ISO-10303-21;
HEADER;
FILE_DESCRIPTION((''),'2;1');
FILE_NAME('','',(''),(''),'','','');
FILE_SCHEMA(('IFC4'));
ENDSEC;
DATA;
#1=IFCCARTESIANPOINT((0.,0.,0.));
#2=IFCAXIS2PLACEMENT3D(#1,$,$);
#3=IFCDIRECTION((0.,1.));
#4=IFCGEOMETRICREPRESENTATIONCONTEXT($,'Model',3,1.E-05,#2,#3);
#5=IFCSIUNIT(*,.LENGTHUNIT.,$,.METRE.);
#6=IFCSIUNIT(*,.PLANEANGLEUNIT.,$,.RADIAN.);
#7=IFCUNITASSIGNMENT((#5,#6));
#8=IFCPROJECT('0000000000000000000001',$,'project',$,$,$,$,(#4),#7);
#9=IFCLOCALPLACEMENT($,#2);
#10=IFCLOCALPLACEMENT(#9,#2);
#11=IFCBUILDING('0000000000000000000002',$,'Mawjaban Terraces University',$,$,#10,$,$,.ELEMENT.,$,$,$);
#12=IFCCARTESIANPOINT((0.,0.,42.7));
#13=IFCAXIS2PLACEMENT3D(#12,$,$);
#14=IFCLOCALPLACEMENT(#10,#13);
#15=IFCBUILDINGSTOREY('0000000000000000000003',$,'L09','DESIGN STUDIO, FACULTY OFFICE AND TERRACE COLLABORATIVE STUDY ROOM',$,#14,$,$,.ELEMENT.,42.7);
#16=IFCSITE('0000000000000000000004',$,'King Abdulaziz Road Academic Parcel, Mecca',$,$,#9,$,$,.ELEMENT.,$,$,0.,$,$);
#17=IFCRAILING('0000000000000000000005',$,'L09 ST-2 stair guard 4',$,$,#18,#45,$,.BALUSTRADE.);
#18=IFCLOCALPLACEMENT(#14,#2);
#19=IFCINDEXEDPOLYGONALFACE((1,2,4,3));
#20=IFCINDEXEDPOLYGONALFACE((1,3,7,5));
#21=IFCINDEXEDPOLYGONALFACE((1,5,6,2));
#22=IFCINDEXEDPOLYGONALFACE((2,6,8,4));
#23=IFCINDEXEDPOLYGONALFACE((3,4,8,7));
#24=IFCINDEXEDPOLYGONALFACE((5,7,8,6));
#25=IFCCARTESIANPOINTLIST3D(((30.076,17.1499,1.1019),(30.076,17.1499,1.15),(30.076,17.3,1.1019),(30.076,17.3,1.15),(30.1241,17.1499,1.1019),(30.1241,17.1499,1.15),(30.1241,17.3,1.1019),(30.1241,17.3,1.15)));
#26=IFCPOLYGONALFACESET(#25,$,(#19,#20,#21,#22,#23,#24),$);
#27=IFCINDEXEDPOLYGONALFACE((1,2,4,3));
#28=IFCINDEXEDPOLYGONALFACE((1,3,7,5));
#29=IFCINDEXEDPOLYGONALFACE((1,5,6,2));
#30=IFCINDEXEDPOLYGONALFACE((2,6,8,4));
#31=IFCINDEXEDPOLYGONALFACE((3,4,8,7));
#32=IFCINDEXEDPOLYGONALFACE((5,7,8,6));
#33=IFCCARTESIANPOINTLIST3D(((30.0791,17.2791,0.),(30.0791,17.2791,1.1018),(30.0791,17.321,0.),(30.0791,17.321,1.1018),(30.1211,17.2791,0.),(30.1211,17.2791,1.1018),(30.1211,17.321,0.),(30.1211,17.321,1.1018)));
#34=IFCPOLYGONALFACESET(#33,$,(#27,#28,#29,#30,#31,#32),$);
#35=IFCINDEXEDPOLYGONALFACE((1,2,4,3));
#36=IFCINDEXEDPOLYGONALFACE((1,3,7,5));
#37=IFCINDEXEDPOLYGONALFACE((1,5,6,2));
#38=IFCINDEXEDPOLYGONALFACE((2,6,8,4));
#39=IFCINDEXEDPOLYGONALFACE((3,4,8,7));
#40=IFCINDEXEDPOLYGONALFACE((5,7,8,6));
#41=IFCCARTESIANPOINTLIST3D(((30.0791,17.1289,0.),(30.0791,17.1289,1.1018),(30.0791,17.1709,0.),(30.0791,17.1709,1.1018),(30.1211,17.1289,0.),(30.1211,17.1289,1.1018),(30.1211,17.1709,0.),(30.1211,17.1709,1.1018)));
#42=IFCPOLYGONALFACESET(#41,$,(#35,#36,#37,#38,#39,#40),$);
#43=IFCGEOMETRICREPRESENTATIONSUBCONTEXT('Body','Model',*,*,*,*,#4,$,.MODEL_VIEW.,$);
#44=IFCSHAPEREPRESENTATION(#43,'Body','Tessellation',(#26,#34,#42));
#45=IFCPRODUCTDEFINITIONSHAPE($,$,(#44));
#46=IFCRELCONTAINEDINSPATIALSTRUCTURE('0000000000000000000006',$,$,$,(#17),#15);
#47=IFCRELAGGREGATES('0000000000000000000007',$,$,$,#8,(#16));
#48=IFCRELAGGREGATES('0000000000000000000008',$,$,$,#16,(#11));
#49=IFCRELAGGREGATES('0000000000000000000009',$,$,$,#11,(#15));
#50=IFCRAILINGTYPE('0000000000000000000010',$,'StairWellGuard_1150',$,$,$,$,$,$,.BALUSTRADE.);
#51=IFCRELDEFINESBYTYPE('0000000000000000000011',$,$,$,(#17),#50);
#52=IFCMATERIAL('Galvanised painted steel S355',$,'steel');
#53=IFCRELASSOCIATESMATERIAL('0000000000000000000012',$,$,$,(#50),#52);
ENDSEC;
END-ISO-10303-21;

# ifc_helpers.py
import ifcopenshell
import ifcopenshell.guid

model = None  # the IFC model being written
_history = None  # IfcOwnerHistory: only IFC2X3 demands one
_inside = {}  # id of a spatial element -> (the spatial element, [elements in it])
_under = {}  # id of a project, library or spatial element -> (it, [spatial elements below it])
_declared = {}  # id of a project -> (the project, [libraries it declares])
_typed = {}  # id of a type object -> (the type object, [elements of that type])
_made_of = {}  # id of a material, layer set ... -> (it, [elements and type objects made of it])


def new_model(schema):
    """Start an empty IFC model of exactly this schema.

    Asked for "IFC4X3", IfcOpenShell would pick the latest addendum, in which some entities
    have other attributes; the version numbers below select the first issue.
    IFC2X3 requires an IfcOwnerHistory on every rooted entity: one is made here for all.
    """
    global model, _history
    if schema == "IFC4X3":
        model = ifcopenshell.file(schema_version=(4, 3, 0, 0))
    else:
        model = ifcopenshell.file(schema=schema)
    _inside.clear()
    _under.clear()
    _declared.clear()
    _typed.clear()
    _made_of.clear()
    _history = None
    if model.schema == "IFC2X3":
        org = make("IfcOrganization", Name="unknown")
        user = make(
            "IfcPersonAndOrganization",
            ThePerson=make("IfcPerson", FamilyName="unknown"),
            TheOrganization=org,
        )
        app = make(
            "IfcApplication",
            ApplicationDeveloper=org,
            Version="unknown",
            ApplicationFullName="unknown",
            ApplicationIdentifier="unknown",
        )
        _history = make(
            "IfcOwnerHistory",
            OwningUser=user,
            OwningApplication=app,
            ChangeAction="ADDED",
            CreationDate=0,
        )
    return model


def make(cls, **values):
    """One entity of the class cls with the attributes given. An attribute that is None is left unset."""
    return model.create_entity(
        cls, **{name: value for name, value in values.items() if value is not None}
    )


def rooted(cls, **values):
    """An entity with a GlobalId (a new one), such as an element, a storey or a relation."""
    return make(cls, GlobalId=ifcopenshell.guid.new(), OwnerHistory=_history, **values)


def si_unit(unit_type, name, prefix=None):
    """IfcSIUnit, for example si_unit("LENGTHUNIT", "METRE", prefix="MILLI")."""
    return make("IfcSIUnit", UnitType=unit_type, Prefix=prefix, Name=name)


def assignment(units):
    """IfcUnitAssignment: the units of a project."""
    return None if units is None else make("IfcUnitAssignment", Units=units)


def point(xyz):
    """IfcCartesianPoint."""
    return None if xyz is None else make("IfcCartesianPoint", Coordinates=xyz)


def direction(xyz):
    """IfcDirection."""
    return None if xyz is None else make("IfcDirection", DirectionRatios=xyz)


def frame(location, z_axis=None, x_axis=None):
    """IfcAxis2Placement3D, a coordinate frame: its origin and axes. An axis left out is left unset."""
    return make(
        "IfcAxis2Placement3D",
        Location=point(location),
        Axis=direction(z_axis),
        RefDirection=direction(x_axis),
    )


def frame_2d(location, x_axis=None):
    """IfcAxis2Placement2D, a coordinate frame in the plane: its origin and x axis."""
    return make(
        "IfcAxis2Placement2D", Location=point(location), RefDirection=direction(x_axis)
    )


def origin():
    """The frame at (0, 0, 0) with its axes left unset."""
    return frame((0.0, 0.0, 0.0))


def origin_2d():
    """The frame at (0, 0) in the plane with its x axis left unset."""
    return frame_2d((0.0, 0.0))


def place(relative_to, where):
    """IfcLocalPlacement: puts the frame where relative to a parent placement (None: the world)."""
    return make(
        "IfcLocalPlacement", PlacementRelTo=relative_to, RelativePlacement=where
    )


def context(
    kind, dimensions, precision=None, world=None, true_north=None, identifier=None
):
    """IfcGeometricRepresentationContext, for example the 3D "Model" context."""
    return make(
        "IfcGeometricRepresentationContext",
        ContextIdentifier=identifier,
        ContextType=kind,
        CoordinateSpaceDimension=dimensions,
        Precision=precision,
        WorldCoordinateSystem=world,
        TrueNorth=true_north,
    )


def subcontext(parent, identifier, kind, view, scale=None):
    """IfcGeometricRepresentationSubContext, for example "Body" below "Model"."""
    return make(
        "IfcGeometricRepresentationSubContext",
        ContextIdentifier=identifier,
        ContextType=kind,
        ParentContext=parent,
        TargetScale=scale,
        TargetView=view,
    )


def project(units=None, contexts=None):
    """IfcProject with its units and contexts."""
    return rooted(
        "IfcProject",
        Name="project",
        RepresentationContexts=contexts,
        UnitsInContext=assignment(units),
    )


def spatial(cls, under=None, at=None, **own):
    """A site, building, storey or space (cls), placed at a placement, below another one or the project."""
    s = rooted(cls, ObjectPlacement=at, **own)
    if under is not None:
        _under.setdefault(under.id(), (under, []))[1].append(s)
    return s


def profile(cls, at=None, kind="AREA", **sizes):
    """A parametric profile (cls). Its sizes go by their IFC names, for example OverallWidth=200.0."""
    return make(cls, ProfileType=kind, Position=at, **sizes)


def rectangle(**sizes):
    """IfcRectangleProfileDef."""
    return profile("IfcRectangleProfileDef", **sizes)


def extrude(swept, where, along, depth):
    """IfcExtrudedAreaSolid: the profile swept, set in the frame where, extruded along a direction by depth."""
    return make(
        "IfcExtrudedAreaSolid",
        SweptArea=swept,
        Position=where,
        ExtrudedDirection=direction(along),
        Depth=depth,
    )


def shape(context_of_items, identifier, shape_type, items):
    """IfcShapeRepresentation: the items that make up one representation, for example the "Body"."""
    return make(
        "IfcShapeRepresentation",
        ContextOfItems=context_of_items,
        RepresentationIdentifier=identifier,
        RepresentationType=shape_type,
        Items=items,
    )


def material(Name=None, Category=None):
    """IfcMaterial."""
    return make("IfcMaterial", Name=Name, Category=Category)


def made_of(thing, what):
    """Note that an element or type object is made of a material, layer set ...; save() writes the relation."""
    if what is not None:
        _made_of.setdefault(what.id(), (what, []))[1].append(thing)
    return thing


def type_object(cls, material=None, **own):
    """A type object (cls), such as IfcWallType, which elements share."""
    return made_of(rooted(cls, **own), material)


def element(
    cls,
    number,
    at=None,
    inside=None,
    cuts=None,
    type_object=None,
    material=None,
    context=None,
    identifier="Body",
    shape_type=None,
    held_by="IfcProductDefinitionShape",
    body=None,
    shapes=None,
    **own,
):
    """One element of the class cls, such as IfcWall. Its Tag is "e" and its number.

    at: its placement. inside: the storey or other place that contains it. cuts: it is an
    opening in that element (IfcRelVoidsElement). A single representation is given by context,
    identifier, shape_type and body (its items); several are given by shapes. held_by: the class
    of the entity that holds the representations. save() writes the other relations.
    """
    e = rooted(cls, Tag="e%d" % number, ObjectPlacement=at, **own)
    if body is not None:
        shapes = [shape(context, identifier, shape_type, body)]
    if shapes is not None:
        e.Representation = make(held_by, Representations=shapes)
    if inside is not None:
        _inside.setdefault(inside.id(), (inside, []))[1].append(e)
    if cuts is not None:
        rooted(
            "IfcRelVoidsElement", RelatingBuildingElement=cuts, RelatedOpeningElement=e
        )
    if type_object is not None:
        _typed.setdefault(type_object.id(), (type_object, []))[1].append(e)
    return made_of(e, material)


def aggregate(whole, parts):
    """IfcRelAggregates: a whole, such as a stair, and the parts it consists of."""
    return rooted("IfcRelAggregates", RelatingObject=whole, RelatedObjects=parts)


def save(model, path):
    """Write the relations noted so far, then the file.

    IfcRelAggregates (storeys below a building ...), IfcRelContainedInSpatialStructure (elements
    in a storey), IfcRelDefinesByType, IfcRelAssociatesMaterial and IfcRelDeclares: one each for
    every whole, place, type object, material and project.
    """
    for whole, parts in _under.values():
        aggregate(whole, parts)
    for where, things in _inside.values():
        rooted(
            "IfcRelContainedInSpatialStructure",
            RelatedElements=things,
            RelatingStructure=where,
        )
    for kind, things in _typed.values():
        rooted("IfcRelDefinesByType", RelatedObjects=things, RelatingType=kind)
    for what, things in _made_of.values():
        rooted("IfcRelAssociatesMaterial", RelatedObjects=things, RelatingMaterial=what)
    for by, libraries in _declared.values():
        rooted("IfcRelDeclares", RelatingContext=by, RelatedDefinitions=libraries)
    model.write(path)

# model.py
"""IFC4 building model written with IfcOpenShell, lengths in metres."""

from ifc_helpers import new_model, si_unit, direction, frame, origin, origin_2d, place, context, subcontext, project, spatial, rectangle, extrude, material, type_object, element, save


model = new_model("IFC4")

# Units and contexts
model_context = context("Model", 3, precision=1e-05, world=origin(), true_north=direction((0.0, 1.0)))
body_context = subcontext(model_context, "Body", "Model", "MODEL_VIEW")
ifc_project = project(units=[si_unit("LENGTHUNIT", "METRE"), si_unit("PLANEANGLEUNIT", "RADIAN")], contexts=[model_context])

# Site, building, storey
site_placement = place(None, origin())
site = spatial("IfcSite", under=ifc_project, at=site_placement, Name="King Abdulaziz Road Academic Parcel, Mecca", CompositionType="ELEMENT", RefElevation=0.0)
building_placement = place(site_placement, origin())
building = spatial("IfcBuilding", under=site, at=building_placement, Name="Mawjaban Terraces University", CompositionType="ELEMENT")
storey_placement = place(building_placement, frame((0.0, 0.0, 42.7)))
storey = spatial("IfcBuildingStorey", under=building, at=storey_placement, Name="L09", Description="DESIGN STUDIO, FACULTY OFFICE AND TERRACE COLLABORATIVE STUDY ROOM", CompositionType="ELEMENT", Elevation=42.7)

# Railing
ifc_material_1 = material(Name="Galvanised painted steel S355", Category="steel")
railing_type_1 = type_object("IfcRailingType", Name="StairWellGuard_1150", PredefinedType="BALUSTRADE", material=ifc_material_1)
railing_1_placement = place(storey_placement, frame((30.1001, 17.3, 0.0)))
element("IfcRailing", 1, at=railing_1_placement, inside=storey, type_object=railing_type_1, Name="L09 ST-2 stair guard 4", PredefinedType="BALUSTRADE", context=body_context, shape_type="SweptSolid", body=[
    extrude(rectangle(XDim=0.0481, YDim=0.0481, at=origin_2d()), frame((0.0, 0.0, 1.126), z_axis=(0.0, -1.0, 0.0), x_axis=(1.0, 0.0, 0.0)), (0.0, 0.0, 1.0), 0.1501),
    extrude(rectangle(XDim=0.042, YDim=0.042, at=origin_2d()), origin(), (0.0, 0.0, 1.0), 1.1018),
    extrude(rectangle(XDim=0.042, YDim=0.042, at=origin_2d()), frame((0.0, -0.1501, 0.0)), (0.0, 0.0, 1.0), 1.1018),
])

save(model, "model.ifc")
